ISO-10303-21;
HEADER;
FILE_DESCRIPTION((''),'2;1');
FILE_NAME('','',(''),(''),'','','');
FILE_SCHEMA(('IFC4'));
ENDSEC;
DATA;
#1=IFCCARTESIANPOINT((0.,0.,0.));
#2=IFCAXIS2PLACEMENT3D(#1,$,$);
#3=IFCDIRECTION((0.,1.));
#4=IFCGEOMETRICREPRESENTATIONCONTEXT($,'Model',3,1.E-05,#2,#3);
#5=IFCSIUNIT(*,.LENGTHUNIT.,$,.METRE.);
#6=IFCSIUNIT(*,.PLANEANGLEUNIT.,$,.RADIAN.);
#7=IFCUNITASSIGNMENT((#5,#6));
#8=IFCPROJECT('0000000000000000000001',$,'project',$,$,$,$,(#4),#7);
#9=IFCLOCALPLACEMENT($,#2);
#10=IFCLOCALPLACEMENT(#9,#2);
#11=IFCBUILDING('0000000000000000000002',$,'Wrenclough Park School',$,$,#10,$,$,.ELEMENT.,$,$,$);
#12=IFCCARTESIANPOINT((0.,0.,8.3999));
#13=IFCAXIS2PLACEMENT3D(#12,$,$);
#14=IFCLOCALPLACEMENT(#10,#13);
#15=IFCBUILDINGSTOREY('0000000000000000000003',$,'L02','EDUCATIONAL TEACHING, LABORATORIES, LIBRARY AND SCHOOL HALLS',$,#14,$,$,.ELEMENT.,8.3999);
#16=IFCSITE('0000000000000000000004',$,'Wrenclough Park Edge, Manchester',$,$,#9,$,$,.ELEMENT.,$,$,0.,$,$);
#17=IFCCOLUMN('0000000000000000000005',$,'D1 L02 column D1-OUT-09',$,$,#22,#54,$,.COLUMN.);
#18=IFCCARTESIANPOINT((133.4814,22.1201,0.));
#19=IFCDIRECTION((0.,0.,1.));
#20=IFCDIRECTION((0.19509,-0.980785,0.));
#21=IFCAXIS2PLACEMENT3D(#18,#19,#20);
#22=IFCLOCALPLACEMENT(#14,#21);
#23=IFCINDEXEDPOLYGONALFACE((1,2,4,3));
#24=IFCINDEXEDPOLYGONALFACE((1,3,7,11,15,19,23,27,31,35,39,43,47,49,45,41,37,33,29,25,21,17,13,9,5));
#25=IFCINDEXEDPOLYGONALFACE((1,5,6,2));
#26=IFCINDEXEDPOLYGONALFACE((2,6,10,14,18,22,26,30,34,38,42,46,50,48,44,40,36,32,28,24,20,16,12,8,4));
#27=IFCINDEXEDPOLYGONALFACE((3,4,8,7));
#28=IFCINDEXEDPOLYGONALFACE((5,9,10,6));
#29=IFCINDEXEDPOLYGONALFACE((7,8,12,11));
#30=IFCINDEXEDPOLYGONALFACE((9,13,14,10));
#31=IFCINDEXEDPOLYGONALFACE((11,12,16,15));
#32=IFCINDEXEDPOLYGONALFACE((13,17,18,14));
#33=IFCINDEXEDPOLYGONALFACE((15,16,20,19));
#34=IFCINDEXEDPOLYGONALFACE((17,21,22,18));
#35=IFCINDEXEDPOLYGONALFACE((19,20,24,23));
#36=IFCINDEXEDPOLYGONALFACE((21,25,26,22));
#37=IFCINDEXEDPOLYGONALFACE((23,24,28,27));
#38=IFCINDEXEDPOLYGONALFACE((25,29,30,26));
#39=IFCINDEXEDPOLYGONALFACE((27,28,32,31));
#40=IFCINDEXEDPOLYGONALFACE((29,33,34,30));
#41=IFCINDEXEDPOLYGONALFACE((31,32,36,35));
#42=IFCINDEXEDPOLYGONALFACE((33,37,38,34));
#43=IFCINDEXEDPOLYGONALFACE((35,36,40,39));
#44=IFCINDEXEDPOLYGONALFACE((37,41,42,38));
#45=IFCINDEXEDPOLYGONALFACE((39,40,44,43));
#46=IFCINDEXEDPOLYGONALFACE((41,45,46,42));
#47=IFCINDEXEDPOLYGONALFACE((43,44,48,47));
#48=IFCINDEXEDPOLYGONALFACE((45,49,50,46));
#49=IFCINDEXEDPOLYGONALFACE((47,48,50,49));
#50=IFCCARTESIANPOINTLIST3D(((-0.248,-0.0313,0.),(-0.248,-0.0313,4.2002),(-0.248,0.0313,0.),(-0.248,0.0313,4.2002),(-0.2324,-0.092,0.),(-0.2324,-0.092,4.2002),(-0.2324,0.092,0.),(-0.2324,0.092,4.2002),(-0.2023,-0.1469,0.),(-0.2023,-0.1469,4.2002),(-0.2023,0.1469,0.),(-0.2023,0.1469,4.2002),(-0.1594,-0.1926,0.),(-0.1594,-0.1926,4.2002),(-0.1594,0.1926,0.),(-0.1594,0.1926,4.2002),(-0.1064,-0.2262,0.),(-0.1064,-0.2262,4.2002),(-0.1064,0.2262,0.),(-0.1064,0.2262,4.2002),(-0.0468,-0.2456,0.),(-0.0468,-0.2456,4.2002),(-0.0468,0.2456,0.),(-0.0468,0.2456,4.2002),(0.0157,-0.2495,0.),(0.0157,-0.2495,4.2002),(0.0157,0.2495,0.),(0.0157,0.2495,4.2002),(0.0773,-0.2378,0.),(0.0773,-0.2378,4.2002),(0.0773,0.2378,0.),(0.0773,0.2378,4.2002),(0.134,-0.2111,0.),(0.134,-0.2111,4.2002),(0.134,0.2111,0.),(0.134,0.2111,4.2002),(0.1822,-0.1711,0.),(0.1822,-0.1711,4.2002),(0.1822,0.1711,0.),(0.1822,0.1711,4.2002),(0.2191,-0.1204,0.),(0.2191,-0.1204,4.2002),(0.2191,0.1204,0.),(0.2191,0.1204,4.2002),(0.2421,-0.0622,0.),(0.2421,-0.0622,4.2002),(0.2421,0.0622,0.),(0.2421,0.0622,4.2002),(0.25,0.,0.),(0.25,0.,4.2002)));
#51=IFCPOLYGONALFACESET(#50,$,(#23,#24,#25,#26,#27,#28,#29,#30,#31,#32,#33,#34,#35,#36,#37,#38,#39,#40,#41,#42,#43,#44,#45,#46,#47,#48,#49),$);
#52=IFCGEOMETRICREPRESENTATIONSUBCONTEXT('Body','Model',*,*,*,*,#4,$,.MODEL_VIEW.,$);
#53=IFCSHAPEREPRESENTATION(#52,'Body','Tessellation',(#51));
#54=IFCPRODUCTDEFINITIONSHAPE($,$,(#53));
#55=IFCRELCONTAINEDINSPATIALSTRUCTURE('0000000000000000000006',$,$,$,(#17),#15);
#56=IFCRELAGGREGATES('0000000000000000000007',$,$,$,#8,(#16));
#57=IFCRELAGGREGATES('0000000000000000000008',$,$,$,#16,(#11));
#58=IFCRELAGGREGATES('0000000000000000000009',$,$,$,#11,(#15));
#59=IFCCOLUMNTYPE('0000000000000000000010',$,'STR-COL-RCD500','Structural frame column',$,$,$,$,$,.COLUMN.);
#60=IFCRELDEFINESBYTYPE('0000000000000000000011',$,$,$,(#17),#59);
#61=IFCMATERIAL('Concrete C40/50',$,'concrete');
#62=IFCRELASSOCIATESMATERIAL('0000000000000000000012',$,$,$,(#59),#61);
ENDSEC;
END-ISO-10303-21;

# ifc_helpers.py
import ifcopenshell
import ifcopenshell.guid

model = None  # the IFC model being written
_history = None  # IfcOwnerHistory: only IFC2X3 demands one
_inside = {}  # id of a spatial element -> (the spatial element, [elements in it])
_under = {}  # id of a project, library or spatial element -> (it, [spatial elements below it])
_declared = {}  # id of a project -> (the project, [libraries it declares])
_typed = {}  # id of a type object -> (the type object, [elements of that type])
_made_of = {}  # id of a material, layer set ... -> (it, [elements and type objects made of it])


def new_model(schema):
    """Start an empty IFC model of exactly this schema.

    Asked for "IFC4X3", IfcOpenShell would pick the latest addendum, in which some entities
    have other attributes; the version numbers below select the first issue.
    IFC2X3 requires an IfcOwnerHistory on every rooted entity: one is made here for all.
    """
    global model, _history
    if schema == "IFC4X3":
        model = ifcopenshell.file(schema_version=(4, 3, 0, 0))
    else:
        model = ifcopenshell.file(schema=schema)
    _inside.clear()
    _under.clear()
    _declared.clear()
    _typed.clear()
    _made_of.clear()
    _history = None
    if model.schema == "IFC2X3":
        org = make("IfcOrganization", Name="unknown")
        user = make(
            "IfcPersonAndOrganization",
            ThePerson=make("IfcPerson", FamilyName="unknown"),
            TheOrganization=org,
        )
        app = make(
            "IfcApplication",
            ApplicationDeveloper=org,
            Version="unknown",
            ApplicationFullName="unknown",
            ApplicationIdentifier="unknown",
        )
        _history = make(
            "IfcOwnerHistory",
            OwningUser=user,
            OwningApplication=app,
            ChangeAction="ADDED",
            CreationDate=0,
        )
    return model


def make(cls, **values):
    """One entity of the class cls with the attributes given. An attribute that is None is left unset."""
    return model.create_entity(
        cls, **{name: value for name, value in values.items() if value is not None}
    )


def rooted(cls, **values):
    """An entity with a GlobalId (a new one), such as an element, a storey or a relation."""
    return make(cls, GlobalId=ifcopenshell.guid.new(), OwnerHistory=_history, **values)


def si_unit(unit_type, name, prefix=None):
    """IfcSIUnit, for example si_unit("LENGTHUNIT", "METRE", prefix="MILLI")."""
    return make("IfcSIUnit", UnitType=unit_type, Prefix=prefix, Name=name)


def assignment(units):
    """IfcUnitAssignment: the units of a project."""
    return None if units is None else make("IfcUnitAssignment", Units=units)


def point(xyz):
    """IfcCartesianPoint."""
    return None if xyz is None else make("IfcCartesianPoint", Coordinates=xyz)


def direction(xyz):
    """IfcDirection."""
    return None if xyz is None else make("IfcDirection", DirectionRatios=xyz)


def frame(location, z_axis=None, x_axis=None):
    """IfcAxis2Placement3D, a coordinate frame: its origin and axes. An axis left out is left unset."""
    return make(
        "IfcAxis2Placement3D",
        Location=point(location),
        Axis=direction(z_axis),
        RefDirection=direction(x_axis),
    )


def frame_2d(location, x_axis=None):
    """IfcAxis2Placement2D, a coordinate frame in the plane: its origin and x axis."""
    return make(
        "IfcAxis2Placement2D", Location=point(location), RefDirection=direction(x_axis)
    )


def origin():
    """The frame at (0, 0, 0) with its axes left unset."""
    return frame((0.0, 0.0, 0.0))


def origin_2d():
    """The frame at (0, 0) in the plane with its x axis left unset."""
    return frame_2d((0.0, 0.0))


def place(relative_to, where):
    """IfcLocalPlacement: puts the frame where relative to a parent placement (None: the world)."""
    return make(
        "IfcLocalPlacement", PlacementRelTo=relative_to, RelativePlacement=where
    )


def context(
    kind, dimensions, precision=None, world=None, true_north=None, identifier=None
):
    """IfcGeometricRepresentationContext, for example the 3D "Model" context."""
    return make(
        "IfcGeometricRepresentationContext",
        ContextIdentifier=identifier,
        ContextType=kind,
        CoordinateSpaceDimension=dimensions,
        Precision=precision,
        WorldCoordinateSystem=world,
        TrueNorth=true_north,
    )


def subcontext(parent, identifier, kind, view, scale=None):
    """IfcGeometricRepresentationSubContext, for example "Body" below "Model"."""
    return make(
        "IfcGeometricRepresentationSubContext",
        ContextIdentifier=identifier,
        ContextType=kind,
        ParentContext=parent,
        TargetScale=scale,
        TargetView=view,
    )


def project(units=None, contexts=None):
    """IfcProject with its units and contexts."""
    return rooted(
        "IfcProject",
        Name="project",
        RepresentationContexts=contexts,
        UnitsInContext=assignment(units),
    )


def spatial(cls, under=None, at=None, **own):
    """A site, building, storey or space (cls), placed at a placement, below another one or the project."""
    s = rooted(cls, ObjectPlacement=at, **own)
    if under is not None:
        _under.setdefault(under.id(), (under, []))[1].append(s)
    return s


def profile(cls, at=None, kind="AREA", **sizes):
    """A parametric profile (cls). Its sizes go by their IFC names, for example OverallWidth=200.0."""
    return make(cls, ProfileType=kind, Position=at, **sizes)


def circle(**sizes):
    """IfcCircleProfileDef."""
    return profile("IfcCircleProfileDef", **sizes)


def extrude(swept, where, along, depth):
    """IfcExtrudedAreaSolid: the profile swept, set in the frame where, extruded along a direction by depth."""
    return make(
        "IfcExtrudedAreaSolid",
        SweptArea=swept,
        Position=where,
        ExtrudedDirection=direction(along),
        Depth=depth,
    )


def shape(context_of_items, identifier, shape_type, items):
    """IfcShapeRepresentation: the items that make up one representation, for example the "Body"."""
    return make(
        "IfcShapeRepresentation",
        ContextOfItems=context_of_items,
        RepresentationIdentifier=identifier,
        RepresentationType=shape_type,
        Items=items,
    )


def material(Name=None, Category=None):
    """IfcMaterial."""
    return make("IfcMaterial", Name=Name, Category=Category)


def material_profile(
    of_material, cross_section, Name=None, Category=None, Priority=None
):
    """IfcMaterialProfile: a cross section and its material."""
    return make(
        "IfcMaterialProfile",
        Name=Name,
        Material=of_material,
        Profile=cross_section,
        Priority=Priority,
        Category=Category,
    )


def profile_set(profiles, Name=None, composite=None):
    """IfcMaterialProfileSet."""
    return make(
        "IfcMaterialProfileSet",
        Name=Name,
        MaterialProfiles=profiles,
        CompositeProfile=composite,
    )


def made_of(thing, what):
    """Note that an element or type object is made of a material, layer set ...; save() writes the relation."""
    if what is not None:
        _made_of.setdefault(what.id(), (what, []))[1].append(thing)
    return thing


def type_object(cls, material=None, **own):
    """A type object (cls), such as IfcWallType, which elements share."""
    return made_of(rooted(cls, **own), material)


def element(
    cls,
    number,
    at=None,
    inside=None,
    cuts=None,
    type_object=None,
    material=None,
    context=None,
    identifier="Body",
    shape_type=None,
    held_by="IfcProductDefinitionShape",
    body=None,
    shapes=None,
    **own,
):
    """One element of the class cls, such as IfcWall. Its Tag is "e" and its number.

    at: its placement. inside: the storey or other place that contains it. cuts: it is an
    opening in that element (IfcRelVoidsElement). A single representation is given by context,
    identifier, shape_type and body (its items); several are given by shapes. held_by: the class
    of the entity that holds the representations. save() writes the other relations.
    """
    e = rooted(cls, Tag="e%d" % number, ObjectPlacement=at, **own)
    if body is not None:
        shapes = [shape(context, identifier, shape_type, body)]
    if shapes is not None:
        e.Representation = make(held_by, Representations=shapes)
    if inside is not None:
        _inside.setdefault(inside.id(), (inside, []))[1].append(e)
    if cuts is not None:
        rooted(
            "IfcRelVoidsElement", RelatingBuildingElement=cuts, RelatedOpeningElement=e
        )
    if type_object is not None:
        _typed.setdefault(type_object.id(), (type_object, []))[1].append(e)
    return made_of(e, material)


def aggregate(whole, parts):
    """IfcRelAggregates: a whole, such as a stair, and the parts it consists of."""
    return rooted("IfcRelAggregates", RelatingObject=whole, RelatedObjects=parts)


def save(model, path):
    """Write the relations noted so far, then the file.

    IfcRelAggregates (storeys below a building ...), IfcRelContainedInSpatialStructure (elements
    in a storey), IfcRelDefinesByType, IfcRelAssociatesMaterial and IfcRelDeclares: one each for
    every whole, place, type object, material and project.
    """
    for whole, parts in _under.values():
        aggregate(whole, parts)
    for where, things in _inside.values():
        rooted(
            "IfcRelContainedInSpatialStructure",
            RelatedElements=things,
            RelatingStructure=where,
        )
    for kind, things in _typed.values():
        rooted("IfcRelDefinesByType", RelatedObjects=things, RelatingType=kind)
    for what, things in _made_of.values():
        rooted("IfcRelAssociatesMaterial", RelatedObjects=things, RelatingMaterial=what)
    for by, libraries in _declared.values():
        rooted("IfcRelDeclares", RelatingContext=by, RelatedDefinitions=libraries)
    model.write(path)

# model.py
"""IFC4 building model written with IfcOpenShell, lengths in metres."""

from ifc_helpers import new_model, si_unit, direction, frame, origin, origin_2d, place, context, subcontext, project, spatial, circle, extrude, material, material_profile, profile_set, type_object, element, save


model = new_model("IFC4")

# Units and contexts
model_context = context("Model", 3, precision=1e-05, world=origin(), true_north=direction((0.0, 1.0)))
body_context = subcontext(model_context, "Body", "Model", "MODEL_VIEW")
ifc_project = project(units=[si_unit("LENGTHUNIT", "METRE"), si_unit("PLANEANGLEUNIT", "RADIAN")], contexts=[model_context])

# Site, building, storey
site_placement = place(None, origin())
site = spatial("IfcSite", under=ifc_project, at=site_placement, Name="Wrenclough Park Edge, Manchester", CompositionType="ELEMENT", RefElevation=0.0)
building_placement = place(site_placement, origin())
building = spatial("IfcBuilding", under=site, at=building_placement, Name="Wrenclough Park School", CompositionType="ELEMENT")
storey_placement = place(building_placement, frame((0.0, 0.0, 8.3999)))
storey = spatial("IfcBuildingStorey", under=building, at=storey_placement, Name="L02", Description="EDUCATIONAL TEACHING, LABORATORIES, LIBRARY AND SCHOOL HALLS", CompositionType="ELEMENT", Elevation=8.3999)

# Column
ifc_material_1 = material(Name="Concrete C40/50", Category="concrete")
ifc_material_profile_1 = material_profile(ifc_material_1, circle(Radius=0.25, at=origin_2d()), Name="RC COL D500")
ifc_profile_set_1 = profile_set([ifc_material_profile_1], Name="Concrete C40/50")
column_type = type_object("IfcColumnType", Name="STR-COL-RCD500", Description="Structural frame column", PredefinedType="COLUMN", material=ifc_profile_set_1)
for number, where, z_axis, x_axis, name in (
    (1, (133.4814, 22.1201, 0.0), (0.0, 0.0, 1.0), (0.19509, -0.980785, 0.0), "D1 L02 column D1-OUT-09"),
):
    element("IfcColumn", number, at=place(storey_placement, frame(where, z_axis=z_axis, x_axis=x_axis)), inside=storey, type_object=column_type, Name=name, PredefinedType="COLUMN", context=body_context, shape_type="SweptSolid", body=[
        extrude(circle(Radius=0.25, at=origin_2d()), origin(), (0.0, 0.0, 1.0), 4.2002),
    ])

save(model, "model.ifc")
